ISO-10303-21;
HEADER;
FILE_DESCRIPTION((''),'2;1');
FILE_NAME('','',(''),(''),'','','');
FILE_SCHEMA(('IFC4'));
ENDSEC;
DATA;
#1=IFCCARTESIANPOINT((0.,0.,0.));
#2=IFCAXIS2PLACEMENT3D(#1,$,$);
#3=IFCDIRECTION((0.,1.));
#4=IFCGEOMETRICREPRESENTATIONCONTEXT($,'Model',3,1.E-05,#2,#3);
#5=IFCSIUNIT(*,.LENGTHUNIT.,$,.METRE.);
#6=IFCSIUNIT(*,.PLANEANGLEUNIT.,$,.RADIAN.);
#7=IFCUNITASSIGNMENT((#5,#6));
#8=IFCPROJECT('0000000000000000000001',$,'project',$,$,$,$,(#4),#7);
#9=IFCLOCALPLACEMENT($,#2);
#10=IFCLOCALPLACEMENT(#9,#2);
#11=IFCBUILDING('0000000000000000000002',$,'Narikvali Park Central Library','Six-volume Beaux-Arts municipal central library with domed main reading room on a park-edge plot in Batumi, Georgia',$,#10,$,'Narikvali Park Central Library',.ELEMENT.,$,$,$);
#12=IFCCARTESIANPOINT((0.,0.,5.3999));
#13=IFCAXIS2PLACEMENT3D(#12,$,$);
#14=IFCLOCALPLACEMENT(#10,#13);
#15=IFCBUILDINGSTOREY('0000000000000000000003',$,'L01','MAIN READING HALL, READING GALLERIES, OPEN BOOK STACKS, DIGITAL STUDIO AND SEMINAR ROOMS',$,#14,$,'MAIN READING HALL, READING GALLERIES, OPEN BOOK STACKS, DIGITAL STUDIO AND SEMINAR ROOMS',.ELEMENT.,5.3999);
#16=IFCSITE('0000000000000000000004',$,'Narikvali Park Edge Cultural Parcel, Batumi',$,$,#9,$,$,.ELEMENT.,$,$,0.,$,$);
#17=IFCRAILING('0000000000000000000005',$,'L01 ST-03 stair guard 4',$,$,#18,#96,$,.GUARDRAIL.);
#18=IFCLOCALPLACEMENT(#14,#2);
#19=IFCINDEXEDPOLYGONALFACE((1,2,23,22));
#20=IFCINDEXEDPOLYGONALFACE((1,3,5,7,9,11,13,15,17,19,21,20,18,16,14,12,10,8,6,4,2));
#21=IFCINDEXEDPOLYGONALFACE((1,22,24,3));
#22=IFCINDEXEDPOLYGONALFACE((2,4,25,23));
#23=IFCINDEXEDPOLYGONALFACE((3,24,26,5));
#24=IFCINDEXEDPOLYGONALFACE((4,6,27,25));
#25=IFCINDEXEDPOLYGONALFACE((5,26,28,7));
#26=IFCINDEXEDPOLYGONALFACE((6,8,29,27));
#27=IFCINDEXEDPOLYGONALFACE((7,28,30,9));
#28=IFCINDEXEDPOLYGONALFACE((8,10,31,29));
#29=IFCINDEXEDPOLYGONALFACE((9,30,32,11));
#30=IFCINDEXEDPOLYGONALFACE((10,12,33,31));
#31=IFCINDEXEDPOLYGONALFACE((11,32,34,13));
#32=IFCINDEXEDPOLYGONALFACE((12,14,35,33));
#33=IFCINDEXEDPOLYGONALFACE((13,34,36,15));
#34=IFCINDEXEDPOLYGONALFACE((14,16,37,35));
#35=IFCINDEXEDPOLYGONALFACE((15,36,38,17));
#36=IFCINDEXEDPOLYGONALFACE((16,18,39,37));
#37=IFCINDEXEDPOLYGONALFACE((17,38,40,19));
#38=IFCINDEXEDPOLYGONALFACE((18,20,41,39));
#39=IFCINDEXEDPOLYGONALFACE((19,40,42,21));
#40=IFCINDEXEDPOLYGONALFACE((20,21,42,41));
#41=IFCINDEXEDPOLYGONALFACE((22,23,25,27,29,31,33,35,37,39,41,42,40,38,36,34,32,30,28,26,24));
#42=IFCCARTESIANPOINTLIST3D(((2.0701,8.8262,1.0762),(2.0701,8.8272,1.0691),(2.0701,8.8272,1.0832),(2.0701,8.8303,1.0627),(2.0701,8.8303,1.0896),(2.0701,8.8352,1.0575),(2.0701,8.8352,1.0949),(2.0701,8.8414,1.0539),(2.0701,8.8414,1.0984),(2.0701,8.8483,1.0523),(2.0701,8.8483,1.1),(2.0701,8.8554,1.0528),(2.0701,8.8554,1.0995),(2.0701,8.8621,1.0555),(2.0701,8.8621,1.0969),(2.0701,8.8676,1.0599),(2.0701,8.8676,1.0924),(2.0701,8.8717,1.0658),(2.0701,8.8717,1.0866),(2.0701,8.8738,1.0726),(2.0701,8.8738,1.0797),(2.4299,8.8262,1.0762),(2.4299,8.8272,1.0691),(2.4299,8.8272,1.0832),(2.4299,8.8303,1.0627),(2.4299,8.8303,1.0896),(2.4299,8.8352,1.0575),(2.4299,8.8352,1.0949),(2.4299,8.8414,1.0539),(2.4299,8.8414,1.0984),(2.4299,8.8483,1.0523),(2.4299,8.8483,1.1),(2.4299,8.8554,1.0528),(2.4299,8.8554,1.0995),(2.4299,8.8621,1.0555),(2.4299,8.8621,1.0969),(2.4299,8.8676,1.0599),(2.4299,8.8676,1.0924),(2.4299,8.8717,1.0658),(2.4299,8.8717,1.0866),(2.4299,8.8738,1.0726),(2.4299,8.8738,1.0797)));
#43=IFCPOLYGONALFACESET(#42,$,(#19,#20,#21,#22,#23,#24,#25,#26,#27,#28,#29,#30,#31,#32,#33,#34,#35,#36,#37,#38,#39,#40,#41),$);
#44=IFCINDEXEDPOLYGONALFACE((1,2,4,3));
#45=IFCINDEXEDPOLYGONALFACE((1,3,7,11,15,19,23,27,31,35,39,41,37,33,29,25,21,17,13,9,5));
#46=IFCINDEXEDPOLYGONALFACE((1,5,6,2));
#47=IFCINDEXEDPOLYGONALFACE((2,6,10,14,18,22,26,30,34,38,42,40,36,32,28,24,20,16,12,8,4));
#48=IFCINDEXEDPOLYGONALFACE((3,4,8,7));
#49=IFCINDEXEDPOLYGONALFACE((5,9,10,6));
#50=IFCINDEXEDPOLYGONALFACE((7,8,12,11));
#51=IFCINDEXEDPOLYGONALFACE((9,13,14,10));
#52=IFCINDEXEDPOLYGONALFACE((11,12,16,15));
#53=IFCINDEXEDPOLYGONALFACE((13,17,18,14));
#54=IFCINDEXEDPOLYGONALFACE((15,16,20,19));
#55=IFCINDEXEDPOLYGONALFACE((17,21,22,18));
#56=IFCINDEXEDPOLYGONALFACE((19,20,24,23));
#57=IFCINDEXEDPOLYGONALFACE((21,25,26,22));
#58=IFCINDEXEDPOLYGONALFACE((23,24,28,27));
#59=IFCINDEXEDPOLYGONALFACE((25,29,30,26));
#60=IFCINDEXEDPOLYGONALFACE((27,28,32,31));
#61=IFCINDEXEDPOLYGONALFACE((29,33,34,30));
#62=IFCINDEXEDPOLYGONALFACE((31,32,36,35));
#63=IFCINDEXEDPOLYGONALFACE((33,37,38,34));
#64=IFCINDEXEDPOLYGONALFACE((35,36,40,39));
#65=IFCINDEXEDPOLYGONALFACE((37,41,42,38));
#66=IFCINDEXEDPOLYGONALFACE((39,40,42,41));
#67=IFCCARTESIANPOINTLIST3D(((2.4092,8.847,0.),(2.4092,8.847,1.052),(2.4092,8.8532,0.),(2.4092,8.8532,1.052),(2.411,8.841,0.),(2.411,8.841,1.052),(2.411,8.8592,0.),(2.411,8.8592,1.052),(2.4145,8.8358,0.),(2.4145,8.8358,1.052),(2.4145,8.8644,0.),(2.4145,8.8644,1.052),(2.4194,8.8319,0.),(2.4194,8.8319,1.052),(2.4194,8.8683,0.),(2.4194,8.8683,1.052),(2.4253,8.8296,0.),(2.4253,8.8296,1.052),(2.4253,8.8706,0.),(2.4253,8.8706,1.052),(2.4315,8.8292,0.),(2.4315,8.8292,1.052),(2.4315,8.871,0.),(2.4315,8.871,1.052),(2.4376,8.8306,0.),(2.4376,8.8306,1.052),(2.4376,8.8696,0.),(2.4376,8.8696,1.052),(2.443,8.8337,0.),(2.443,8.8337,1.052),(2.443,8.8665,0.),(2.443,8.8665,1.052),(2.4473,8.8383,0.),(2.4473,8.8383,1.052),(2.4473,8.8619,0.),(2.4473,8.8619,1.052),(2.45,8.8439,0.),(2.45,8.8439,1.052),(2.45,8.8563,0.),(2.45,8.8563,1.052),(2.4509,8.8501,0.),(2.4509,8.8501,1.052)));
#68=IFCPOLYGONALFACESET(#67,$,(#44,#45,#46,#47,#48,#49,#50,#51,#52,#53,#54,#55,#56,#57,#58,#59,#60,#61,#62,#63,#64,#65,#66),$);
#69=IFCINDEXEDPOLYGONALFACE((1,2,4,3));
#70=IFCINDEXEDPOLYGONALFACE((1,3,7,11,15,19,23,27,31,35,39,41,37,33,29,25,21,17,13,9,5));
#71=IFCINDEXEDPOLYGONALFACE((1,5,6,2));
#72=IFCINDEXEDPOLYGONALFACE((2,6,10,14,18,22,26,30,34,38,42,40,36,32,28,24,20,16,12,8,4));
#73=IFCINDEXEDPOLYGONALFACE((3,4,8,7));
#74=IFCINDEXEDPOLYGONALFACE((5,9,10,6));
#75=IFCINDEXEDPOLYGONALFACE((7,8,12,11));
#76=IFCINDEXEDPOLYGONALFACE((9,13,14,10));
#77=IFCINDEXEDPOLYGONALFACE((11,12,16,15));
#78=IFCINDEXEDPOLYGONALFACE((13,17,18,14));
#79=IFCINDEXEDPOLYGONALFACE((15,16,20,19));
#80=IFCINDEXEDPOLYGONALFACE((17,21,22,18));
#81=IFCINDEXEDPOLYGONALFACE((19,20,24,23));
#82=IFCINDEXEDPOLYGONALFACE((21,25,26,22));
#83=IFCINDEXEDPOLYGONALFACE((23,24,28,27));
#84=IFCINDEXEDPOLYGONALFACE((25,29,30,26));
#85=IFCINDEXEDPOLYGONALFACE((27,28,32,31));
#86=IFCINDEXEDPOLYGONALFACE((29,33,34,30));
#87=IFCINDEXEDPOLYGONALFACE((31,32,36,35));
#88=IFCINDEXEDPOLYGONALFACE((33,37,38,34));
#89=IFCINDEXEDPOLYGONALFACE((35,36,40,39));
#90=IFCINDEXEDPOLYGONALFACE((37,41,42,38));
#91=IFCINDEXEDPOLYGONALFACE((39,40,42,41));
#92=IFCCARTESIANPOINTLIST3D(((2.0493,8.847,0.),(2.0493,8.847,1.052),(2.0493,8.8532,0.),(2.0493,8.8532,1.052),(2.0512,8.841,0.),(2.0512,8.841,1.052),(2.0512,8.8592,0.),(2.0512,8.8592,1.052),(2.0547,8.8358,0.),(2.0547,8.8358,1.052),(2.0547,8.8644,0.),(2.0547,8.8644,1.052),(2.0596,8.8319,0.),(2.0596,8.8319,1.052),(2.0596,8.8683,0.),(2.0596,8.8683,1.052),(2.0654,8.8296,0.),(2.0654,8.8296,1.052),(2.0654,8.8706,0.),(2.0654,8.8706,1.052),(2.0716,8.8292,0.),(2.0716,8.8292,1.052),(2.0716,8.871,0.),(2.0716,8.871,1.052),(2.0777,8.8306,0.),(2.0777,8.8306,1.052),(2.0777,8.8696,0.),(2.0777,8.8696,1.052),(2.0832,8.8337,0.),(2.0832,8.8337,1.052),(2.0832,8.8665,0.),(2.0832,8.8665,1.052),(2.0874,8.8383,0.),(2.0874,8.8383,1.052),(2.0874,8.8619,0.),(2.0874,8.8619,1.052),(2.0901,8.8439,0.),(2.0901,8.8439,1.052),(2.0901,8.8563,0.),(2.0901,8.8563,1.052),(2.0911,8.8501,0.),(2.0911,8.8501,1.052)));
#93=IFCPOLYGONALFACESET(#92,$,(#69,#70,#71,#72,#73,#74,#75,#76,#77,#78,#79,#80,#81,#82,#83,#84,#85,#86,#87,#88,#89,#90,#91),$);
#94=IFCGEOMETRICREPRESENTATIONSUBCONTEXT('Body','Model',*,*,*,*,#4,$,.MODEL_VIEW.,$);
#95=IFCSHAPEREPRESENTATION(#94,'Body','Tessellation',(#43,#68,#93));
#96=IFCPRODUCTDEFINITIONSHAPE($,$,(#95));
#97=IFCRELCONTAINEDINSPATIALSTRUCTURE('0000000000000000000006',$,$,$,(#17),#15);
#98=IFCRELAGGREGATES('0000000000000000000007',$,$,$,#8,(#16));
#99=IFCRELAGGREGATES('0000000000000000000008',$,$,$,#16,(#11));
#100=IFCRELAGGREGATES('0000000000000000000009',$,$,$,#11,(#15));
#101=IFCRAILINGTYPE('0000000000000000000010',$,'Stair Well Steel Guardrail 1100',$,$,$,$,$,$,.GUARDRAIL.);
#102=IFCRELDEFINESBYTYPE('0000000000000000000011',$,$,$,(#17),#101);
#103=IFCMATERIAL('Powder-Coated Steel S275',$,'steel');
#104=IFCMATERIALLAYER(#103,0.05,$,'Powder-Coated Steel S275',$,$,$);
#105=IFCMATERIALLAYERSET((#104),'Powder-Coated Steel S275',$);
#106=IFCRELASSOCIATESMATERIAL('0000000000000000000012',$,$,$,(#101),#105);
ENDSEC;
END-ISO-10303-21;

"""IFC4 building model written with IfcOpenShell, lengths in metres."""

from ifc_helpers import new_model, si_unit, direction, frame, origin, origin_2d, place, context, subcontext, project, spatial, circle, extrude, material, layer, layer_set, type_object, element, save


model = new_model("IFC4")

# Units and contexts
model_context = context("Model", 3, precision=1e-05, world=origin(), true_north=direction((0.0, 1.0)))
body_context = subcontext(model_context, "Body", "Model", "MODEL_VIEW")
ifc_project = project(units=[si_unit("LENGTHUNIT", "METRE"), si_unit("PLANEANGLEUNIT", "RADIAN")], contexts=[model_context])

# Site, building, storey
site_placement = place(None, origin())
site = spatial("IfcSite", under=ifc_project, at=site_placement, Name="Narikvali Park Edge Cultural Parcel, Batumi", CompositionType="ELEMENT", RefElevation=0.0)
building_placement = place(site_placement, origin())
building = spatial("IfcBuilding", under=site, at=building_placement, Name="Narikvali Park Central Library", Description="Six-volume Beaux-Arts municipal central library with domed main reading room on a park-edge plot in Batumi, Georgia", LongName="Narikvali Park Central Library", CompositionType="ELEMENT")
storey_placement = place(building_placement, frame((0.0, 0.0, 5.3999)))
storey = spatial("IfcBuildingStorey", under=building, at=storey_placement, Name="L01", Description="MAIN READING HALL, READING GALLERIES, OPEN BOOK STACKS, DIGITAL STUDIO AND SEMINAR ROOMS", LongName="MAIN READING HALL, READING GALLERIES, OPEN BOOK STACKS, DIGITAL STUDIO AND SEMINAR ROOMS", CompositionType="ELEMENT", Elevation=5.3999)

# Railing
ifc_material_1 = material(Name="Powder-Coated Steel S275", Category="steel")
ifc_layer_1 = layer(ifc_material_1, 0.05, Name="Powder-Coated Steel S275")
ifc_layer_set_1 = layer_set([ifc_layer_1], Name="Powder-Coated Steel S275")
railing_type_1 = type_object("IfcRailingType", Name="Stair Well Steel Guardrail 1100", PredefinedType="GUARDRAIL", material=ifc_layer_set_1)
railing_1_placement = place(storey_placement, frame((2.4299, 8.8501, 0.0)))
element("IfcRailing", 1, at=railing_1_placement, inside=storey, type_object=railing_type_1, Name="L01 ST-03 stair guard 4", PredefinedType="GUARDRAIL", context=body_context, shape_type="SweptSolid", body=[
    extrude(circle(Radius=0.0239, at=origin_2d()), frame((0.0, 0.0, 1.0762), z_axis=(-1.0, 0.0, 0.0), x_axis=(0.0, -1.0, 0.0)), (0.0, 0.0, 1.0), 0.3599),
    extrude(circle(Radius=0.021, at=origin_2d()), origin(), (0.0, 0.0, 1.0), 1.052),
    extrude(circle(Radius=0.021, at=origin_2d()), frame((-0.3599, 0.0, 0.0)), (0.0, 0.0, 1.0), 1.052),
])

save(model, "model.ifc")
